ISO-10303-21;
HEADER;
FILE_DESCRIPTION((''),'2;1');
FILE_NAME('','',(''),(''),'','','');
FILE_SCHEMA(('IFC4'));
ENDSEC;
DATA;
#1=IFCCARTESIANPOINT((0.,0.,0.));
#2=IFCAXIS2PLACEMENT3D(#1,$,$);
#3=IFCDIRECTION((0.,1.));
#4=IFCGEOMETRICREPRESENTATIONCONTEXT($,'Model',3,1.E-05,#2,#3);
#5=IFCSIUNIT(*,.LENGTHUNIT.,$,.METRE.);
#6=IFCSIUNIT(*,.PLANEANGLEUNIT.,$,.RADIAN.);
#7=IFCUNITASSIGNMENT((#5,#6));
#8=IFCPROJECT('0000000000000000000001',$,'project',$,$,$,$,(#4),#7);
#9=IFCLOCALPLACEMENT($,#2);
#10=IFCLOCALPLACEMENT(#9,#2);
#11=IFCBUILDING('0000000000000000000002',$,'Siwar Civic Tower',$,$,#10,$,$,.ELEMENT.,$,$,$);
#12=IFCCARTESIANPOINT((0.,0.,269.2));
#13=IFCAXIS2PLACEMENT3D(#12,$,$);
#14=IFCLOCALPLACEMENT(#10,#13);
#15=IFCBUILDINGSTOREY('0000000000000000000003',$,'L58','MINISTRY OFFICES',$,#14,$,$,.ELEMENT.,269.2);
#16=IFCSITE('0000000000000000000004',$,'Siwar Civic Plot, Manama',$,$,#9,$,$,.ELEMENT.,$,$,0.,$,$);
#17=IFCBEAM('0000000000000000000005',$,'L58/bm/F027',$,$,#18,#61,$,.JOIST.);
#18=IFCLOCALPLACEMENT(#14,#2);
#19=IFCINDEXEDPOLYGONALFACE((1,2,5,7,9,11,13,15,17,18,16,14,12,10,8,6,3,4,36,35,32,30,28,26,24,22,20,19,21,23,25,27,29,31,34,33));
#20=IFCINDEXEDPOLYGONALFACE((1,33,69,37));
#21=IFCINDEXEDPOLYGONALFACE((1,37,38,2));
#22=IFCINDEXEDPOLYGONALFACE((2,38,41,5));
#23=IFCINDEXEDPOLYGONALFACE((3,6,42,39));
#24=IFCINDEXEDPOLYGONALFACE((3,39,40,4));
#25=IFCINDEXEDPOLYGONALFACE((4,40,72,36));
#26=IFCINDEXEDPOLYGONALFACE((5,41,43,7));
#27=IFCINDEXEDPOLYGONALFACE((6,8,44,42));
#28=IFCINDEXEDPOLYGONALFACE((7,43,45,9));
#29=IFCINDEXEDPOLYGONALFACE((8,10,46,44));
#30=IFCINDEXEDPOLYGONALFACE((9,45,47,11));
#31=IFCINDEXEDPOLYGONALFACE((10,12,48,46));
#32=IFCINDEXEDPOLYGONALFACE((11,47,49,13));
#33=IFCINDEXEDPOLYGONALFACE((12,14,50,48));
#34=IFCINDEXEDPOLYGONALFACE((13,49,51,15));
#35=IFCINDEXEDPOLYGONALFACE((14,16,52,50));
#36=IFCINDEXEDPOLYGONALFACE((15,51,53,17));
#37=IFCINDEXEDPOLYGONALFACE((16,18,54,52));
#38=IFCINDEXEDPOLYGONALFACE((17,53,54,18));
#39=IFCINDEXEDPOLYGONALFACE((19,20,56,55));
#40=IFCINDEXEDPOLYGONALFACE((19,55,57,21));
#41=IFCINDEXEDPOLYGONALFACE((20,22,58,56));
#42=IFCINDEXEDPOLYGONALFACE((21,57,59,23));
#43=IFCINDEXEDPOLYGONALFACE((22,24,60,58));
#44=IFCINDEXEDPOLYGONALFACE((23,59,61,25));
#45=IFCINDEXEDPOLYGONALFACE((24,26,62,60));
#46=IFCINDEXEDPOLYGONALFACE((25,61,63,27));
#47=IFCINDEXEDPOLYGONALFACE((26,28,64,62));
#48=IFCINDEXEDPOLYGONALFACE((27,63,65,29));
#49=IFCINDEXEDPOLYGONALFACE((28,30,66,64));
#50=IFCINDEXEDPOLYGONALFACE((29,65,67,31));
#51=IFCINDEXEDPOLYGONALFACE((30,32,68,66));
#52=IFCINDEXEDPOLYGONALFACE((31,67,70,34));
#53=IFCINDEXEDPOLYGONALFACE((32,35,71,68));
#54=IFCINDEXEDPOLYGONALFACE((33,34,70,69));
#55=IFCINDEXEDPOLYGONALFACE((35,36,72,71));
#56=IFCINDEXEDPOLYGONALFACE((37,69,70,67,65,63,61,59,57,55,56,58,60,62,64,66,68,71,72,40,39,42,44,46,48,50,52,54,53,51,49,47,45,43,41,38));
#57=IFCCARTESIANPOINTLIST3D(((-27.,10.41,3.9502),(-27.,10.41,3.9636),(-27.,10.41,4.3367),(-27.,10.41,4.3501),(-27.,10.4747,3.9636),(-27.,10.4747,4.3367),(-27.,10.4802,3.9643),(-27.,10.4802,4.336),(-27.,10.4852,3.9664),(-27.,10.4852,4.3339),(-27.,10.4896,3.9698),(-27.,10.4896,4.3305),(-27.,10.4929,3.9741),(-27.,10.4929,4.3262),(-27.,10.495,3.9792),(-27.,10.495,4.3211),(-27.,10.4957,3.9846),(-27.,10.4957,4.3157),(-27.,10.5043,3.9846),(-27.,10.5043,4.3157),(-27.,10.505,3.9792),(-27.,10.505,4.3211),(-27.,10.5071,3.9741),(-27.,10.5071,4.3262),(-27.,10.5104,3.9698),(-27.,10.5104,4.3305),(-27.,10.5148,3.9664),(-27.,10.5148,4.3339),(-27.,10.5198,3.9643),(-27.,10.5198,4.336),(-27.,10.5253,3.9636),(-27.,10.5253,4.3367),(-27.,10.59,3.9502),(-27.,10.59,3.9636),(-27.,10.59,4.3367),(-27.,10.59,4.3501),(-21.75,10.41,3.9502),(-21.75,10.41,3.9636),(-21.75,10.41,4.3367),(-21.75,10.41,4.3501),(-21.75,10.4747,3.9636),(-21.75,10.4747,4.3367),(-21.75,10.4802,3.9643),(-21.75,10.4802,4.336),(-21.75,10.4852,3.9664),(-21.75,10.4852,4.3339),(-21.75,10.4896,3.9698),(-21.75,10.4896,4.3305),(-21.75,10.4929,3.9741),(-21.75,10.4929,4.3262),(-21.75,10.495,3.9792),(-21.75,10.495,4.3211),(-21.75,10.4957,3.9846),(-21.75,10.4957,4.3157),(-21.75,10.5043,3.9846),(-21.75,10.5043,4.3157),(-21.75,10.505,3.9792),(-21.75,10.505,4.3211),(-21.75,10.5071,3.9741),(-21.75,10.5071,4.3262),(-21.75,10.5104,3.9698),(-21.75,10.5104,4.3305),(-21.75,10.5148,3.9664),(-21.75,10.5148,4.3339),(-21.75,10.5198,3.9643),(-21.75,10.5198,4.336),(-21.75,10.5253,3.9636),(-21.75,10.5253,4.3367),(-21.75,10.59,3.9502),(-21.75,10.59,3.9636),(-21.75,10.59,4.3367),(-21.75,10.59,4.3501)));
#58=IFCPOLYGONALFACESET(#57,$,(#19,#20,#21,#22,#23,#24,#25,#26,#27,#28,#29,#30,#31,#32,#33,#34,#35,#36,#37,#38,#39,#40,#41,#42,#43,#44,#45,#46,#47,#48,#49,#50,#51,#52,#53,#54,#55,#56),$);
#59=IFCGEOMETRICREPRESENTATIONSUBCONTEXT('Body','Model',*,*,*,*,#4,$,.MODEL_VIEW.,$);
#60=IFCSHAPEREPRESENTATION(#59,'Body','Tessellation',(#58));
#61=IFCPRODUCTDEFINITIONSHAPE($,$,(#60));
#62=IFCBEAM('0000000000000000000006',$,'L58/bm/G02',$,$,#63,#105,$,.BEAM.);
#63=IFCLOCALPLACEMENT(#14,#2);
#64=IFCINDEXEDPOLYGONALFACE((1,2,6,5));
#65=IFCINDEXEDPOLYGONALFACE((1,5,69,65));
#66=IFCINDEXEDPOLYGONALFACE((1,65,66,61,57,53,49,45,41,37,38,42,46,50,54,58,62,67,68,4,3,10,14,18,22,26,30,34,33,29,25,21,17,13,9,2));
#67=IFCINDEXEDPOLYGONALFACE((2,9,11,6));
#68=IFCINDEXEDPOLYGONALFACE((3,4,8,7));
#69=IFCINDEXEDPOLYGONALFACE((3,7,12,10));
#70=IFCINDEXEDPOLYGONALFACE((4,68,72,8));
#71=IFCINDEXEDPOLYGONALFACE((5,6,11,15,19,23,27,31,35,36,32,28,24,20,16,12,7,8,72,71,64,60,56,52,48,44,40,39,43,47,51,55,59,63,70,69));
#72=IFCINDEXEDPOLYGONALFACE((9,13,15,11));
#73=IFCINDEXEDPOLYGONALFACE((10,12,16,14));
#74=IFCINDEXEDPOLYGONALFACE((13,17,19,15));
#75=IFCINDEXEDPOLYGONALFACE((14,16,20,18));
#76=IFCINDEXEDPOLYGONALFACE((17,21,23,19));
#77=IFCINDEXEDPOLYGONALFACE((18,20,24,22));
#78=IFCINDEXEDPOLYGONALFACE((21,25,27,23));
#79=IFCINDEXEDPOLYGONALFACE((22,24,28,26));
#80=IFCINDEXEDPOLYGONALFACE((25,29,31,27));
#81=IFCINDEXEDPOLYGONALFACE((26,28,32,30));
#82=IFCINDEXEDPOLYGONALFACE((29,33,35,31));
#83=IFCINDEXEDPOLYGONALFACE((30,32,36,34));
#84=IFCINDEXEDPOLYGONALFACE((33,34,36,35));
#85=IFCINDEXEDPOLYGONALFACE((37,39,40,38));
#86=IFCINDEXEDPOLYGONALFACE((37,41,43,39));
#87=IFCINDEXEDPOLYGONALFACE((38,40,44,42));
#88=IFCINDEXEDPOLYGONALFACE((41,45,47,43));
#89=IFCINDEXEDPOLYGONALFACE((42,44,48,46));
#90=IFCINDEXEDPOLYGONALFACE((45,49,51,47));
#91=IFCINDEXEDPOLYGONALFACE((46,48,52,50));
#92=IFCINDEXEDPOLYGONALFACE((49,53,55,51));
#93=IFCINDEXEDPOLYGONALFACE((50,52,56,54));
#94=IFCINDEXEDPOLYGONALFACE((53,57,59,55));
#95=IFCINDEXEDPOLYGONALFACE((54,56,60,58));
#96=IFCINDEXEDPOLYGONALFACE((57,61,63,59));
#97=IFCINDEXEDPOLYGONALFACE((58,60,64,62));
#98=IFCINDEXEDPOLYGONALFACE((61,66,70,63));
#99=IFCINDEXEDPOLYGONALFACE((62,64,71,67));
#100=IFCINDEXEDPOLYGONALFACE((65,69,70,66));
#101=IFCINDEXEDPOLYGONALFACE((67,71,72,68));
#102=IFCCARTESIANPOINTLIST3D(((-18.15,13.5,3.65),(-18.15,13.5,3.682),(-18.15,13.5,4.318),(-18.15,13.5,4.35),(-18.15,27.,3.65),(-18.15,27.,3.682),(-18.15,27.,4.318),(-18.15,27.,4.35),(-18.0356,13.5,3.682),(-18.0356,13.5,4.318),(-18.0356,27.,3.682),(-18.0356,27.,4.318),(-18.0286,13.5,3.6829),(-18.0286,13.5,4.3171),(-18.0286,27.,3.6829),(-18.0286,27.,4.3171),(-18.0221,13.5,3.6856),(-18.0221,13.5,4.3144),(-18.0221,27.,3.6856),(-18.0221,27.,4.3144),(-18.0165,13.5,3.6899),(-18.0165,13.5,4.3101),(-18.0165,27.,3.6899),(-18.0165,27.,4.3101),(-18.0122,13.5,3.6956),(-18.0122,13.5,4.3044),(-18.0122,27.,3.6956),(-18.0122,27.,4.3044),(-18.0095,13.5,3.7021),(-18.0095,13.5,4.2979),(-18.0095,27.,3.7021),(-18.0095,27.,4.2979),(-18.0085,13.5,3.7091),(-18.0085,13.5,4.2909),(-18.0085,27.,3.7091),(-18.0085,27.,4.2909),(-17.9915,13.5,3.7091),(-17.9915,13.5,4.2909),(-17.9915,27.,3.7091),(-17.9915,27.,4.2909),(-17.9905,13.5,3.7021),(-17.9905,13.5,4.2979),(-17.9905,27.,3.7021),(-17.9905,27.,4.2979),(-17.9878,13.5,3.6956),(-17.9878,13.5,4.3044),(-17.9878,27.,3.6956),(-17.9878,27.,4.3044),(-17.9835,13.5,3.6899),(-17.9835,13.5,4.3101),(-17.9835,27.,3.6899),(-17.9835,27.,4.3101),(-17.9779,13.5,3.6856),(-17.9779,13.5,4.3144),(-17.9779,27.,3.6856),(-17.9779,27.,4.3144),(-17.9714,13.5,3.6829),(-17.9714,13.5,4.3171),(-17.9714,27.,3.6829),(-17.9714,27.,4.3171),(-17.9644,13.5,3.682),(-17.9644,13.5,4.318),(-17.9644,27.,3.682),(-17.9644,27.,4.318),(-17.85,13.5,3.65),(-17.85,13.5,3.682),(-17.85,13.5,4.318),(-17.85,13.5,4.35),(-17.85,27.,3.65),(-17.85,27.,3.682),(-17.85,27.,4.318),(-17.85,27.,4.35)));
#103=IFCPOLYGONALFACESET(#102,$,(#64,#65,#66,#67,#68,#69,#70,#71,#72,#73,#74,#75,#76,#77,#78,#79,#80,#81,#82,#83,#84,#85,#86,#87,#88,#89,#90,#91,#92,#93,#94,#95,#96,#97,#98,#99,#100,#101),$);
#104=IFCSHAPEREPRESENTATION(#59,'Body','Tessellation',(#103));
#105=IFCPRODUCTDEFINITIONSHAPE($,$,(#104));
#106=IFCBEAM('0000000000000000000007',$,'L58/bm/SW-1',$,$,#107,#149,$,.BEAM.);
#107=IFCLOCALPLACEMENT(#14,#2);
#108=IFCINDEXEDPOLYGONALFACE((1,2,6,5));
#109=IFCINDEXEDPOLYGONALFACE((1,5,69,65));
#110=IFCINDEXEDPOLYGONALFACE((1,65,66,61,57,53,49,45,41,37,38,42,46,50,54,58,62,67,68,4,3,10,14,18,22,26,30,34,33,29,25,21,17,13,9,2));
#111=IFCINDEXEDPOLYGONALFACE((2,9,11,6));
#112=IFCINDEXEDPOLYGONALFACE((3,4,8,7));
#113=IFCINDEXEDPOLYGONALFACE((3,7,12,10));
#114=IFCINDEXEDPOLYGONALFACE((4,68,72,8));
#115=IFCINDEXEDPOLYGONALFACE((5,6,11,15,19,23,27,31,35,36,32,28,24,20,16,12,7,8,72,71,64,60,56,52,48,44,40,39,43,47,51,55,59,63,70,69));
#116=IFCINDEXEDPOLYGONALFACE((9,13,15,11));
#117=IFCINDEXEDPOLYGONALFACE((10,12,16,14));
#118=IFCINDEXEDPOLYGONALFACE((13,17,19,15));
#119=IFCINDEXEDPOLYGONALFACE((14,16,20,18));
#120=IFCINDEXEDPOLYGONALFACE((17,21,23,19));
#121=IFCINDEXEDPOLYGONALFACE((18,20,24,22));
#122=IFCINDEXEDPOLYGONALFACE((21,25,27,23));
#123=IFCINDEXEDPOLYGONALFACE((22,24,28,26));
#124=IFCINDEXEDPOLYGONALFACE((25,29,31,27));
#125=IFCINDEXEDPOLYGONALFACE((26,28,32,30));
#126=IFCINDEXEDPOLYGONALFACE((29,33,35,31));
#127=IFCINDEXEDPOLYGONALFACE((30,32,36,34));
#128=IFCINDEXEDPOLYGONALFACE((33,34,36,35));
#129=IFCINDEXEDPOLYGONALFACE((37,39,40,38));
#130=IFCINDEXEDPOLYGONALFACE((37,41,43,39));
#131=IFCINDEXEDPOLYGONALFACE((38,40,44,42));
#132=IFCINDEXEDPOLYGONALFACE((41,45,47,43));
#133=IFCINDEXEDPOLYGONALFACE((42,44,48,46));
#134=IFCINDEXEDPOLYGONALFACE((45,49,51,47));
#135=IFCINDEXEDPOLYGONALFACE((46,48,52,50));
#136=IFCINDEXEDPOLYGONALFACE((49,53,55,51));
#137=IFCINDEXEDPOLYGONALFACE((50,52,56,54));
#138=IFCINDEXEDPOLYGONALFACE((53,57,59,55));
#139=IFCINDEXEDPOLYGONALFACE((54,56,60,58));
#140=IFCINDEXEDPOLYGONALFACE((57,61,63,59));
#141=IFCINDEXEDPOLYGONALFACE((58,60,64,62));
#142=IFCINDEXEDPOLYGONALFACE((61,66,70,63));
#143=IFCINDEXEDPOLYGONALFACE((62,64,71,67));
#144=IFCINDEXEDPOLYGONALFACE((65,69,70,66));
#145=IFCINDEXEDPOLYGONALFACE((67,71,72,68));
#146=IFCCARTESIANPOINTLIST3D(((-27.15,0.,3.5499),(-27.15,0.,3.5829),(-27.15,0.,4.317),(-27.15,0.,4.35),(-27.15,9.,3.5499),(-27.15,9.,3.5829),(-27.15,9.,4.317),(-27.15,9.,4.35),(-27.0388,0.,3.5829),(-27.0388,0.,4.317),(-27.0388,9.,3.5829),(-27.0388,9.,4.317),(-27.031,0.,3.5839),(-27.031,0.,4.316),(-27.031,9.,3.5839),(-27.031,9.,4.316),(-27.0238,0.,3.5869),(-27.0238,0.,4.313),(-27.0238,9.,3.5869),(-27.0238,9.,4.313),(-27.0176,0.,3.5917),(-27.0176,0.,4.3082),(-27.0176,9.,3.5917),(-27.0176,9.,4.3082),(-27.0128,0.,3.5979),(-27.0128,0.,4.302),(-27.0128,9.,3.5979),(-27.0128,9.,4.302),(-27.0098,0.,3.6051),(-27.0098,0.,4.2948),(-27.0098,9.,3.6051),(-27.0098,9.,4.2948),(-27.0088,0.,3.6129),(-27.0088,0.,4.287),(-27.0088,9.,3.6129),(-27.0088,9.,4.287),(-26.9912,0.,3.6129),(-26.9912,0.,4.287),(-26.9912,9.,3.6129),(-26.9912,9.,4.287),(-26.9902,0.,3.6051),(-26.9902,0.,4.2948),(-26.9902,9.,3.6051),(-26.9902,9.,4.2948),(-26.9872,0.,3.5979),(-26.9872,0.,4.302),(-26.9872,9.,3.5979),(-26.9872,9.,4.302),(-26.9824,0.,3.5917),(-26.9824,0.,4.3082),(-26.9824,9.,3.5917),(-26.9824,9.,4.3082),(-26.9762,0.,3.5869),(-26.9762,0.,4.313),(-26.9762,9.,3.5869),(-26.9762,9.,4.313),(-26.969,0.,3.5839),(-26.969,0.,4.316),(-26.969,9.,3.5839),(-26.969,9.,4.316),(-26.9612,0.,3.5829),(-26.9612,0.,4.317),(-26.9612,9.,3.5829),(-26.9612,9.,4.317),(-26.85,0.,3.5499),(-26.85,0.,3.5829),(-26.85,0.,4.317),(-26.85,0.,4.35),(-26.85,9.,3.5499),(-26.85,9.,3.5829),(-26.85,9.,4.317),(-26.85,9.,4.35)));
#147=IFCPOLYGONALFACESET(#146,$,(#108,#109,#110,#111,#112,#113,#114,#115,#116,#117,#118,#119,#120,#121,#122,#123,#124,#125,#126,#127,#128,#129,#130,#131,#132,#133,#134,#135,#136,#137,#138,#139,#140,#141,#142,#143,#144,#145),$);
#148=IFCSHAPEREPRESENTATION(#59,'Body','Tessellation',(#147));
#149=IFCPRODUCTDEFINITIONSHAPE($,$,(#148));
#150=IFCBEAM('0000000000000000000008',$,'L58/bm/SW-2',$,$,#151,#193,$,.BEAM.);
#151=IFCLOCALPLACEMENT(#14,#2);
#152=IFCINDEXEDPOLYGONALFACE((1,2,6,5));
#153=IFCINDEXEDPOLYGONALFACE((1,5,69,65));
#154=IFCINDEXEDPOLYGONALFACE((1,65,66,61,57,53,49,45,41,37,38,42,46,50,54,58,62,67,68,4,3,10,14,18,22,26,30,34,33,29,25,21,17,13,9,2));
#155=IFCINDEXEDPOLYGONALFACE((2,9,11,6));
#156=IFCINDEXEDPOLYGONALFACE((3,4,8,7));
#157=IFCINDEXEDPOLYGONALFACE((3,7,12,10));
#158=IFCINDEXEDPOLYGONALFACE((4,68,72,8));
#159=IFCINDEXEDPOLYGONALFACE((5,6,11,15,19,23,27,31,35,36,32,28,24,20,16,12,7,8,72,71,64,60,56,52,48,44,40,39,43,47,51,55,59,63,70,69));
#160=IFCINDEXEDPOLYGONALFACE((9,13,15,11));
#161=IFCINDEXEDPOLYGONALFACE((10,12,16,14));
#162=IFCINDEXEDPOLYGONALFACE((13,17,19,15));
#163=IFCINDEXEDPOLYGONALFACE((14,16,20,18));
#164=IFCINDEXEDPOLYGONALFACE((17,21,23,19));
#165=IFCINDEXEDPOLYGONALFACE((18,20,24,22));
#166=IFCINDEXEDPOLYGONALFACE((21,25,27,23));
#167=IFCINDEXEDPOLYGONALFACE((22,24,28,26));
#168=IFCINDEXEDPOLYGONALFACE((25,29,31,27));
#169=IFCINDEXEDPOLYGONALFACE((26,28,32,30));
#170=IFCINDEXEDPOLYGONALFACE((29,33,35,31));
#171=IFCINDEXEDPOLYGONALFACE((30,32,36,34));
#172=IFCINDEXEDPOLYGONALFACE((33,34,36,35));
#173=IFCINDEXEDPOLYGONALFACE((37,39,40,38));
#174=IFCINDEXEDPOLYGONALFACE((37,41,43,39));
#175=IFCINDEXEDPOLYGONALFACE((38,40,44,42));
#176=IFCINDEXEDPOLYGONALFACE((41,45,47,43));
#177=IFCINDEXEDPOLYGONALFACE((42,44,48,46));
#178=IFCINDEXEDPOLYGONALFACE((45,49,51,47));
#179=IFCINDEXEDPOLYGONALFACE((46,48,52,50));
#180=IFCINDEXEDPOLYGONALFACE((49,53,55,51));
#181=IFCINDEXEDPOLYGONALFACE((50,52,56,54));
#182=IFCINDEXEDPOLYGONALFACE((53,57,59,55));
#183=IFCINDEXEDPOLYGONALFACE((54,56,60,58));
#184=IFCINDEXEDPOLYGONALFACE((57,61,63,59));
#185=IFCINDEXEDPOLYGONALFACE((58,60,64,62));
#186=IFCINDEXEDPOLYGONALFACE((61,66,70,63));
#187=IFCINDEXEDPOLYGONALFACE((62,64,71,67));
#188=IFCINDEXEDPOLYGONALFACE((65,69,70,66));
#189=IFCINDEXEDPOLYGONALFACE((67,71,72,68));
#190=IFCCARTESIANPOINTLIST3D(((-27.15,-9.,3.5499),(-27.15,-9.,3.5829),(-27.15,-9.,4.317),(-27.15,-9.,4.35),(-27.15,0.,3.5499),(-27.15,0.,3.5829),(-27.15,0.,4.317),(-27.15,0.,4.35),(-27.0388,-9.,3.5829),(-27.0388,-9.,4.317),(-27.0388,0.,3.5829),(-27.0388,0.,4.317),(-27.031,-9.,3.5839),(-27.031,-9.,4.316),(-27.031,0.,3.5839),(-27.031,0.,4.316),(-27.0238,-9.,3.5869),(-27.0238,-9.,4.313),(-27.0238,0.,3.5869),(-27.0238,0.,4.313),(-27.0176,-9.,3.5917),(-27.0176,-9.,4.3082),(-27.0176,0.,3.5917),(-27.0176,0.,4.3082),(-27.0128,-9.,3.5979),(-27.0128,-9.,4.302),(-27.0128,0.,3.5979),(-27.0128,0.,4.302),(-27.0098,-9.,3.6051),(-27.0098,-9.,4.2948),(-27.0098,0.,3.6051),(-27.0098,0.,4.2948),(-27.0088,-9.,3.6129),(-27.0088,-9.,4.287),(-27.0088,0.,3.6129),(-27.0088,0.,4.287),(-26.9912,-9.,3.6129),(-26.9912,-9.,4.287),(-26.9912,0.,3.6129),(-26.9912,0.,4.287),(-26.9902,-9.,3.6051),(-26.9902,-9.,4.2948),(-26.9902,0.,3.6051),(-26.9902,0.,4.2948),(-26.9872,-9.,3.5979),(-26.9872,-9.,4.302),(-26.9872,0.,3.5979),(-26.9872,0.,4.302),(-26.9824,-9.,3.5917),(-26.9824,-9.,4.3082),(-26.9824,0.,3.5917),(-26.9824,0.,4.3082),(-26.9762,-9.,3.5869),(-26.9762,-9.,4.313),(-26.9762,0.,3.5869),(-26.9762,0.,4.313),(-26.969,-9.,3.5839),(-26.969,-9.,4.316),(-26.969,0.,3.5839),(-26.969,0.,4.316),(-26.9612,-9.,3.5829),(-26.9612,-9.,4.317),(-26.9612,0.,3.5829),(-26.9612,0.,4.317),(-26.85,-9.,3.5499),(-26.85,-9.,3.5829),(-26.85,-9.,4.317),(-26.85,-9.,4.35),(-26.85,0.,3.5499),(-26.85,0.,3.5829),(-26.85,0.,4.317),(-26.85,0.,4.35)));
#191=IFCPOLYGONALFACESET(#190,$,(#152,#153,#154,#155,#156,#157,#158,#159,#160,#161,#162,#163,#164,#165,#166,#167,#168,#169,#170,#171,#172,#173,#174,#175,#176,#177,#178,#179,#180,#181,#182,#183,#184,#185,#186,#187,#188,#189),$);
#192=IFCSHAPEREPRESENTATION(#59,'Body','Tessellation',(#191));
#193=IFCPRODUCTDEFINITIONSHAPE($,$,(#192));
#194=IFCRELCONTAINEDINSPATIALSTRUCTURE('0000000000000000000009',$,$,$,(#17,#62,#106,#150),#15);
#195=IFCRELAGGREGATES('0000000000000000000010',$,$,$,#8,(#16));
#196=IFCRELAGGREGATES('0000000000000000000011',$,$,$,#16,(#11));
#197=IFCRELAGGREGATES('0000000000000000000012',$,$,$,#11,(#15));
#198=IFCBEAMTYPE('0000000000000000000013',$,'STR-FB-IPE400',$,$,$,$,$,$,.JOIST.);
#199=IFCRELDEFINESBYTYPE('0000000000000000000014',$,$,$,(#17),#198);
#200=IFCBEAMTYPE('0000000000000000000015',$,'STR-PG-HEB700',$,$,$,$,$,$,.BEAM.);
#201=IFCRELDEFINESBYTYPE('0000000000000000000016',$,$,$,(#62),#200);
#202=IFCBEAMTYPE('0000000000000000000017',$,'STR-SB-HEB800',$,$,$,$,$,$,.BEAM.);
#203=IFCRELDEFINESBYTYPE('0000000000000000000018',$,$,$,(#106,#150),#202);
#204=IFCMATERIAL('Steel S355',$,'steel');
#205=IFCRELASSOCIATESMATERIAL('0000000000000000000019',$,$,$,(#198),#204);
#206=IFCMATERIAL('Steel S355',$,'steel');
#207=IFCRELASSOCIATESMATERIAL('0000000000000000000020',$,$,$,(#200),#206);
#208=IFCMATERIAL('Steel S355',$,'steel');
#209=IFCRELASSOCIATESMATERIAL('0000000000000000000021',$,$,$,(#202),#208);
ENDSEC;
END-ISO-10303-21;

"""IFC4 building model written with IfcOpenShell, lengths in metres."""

from ifc_helpers import new_model, si_unit, direction, frame, origin, origin_2d, place, context, subcontext, project, spatial, i_section, extrude, material, material_profile, profile_set, type_object, element, save


model = new_model("IFC4")

# Units and contexts
model_context = context("Model", 3, precision=1e-05, world=origin(), true_north=direction((0.0, 1.0)))
body_context = subcontext(model_context, "Body", "Model", "MODEL_VIEW")
ifc_project = project(units=[si_unit("LENGTHUNIT", "METRE"), si_unit("PLANEANGLEUNIT", "RADIAN")], contexts=[model_context])

# Site, building, storey
site_placement = place(None, origin())
site = spatial("IfcSite", under=ifc_project, at=site_placement, Name="Siwar Civic Plot, Manama", CompositionType="ELEMENT", RefElevation=0.0)
building_placement = place(site_placement, origin())
building = spatial("IfcBuilding", under=site, at=building_placement, Name="Siwar Civic Tower", CompositionType="ELEMENT")
storey_placement = place(building_placement, frame((0.0, 0.0, 269.2)))
storey = spatial("IfcBuildingStorey", under=building, at=storey_placement, Name="L58", Description="MINISTRY OFFICES", CompositionType="ELEMENT", Elevation=269.2)

# Beams
ifc_material_1 = material(Name="Steel S355", Category="steel")
ifc_material_profile_1 = material_profile(ifc_material_1, i_section(OverallWidth=0.1799, OverallDepth=0.3999, WebThickness=0.0085, FlangeThickness=0.0134, FilletRadius=0.021, at=origin_2d()), Name="IPE400")
ifc_profile_set_1 = profile_set([ifc_material_profile_1], Name="Steel S355")
beam_type_1 = type_object("IfcBeamType", Name="STR-FB-IPE400", PredefinedType="JOIST", material=ifc_profile_set_1)
for number, where, z_axis, x_axis, name in (
    (1, (-27.0, 10.5, 4.1501), (1.0, 0.0, 0.0), (0.0, 1.0, 0.0), "L58/bm/F027"),
):
    element("IfcBeam", number, at=place(storey_placement, frame(where, z_axis=z_axis, x_axis=x_axis)), inside=storey, type_object=beam_type_1, Name=name, PredefinedType="JOIST", context=body_context, shape_type="SweptSolid", body=[
        extrude(i_section(OverallWidth=0.1799, OverallDepth=0.3999, WebThickness=0.0085, FlangeThickness=0.0134, FilletRadius=0.021, at=origin_2d()), origin(), (0.0, 0.0, 1.0), 5.25),
    ])
ifc_material_2 = material(Name="Steel S355", Category="steel")
ifc_material_profile_2 = material_profile(ifc_material_2, i_section(OverallWidth=0.3, OverallDepth=0.7, WebThickness=0.0171, FlangeThickness=0.032, FilletRadius=0.0271, at=origin_2d()), Name="HEB700")
ifc_profile_set_2 = profile_set([ifc_material_profile_2], Name="Steel S355")
beam_type_2 = type_object("IfcBeamType", Name="STR-PG-HEB700", PredefinedType="BEAM", material=ifc_profile_set_2)
beam_placement = place(storey_placement, frame((-18.0, 13.5, 4.0), z_axis=(0.0, 1.0, 0.0), x_axis=(-1.0, 0.0, 0.0)))
element("IfcBeam", 2, at=beam_placement, inside=storey, type_object=beam_type_2, Name="L58/bm/G02", PredefinedType="BEAM", context=body_context, shape_type="SweptSolid", body=[
    extrude(i_section(OverallWidth=0.3, OverallDepth=0.7, WebThickness=0.0171, FlangeThickness=0.032, FilletRadius=0.0271, at=origin_2d()), origin(), (0.0, 0.0, 1.0), 13.5),
])
ifc_material_3 = material(Name="Steel S355", Category="steel")
ifc_material_profile_3 = material_profile(ifc_material_3, i_section(OverallWidth=0.3, OverallDepth=0.8, WebThickness=0.0176, FlangeThickness=0.033, FilletRadius=0.03, at=origin_2d()), Name="HEB800")
ifc_profile_set_3 = profile_set([ifc_material_profile_3], Name="Steel S355")
beam_type_3 = type_object("IfcBeamType", Name="STR-SB-HEB800", PredefinedType="BEAM", material=ifc_profile_set_3)
for number, where, z_axis, x_axis, name in (
    (3, (-27.0, 9.0, 3.95), (0.0, -1.0, 0.0), (1.0, 0.0, 0.0), "L58/bm/SW-1"),
    (4, (-27.0, 0.0, 3.95), (0.0, -1.0, 0.0), (1.0, 0.0, 0.0), "L58/bm/SW-2"),
):
    element("IfcBeam", number, at=place(storey_placement, frame(where, z_axis=z_axis, x_axis=x_axis)), inside=storey, type_object=beam_type_3, Name=name, PredefinedType="BEAM", context=body_context, shape_type="SweptSolid", body=[
        extrude(i_section(OverallWidth=0.3, OverallDepth=0.8, WebThickness=0.0176, FlangeThickness=0.033, FilletRadius=0.03, at=origin_2d()), origin(), (0.0, 0.0, 1.0), 9.0),
    ])

save(model, "model.ifc")
